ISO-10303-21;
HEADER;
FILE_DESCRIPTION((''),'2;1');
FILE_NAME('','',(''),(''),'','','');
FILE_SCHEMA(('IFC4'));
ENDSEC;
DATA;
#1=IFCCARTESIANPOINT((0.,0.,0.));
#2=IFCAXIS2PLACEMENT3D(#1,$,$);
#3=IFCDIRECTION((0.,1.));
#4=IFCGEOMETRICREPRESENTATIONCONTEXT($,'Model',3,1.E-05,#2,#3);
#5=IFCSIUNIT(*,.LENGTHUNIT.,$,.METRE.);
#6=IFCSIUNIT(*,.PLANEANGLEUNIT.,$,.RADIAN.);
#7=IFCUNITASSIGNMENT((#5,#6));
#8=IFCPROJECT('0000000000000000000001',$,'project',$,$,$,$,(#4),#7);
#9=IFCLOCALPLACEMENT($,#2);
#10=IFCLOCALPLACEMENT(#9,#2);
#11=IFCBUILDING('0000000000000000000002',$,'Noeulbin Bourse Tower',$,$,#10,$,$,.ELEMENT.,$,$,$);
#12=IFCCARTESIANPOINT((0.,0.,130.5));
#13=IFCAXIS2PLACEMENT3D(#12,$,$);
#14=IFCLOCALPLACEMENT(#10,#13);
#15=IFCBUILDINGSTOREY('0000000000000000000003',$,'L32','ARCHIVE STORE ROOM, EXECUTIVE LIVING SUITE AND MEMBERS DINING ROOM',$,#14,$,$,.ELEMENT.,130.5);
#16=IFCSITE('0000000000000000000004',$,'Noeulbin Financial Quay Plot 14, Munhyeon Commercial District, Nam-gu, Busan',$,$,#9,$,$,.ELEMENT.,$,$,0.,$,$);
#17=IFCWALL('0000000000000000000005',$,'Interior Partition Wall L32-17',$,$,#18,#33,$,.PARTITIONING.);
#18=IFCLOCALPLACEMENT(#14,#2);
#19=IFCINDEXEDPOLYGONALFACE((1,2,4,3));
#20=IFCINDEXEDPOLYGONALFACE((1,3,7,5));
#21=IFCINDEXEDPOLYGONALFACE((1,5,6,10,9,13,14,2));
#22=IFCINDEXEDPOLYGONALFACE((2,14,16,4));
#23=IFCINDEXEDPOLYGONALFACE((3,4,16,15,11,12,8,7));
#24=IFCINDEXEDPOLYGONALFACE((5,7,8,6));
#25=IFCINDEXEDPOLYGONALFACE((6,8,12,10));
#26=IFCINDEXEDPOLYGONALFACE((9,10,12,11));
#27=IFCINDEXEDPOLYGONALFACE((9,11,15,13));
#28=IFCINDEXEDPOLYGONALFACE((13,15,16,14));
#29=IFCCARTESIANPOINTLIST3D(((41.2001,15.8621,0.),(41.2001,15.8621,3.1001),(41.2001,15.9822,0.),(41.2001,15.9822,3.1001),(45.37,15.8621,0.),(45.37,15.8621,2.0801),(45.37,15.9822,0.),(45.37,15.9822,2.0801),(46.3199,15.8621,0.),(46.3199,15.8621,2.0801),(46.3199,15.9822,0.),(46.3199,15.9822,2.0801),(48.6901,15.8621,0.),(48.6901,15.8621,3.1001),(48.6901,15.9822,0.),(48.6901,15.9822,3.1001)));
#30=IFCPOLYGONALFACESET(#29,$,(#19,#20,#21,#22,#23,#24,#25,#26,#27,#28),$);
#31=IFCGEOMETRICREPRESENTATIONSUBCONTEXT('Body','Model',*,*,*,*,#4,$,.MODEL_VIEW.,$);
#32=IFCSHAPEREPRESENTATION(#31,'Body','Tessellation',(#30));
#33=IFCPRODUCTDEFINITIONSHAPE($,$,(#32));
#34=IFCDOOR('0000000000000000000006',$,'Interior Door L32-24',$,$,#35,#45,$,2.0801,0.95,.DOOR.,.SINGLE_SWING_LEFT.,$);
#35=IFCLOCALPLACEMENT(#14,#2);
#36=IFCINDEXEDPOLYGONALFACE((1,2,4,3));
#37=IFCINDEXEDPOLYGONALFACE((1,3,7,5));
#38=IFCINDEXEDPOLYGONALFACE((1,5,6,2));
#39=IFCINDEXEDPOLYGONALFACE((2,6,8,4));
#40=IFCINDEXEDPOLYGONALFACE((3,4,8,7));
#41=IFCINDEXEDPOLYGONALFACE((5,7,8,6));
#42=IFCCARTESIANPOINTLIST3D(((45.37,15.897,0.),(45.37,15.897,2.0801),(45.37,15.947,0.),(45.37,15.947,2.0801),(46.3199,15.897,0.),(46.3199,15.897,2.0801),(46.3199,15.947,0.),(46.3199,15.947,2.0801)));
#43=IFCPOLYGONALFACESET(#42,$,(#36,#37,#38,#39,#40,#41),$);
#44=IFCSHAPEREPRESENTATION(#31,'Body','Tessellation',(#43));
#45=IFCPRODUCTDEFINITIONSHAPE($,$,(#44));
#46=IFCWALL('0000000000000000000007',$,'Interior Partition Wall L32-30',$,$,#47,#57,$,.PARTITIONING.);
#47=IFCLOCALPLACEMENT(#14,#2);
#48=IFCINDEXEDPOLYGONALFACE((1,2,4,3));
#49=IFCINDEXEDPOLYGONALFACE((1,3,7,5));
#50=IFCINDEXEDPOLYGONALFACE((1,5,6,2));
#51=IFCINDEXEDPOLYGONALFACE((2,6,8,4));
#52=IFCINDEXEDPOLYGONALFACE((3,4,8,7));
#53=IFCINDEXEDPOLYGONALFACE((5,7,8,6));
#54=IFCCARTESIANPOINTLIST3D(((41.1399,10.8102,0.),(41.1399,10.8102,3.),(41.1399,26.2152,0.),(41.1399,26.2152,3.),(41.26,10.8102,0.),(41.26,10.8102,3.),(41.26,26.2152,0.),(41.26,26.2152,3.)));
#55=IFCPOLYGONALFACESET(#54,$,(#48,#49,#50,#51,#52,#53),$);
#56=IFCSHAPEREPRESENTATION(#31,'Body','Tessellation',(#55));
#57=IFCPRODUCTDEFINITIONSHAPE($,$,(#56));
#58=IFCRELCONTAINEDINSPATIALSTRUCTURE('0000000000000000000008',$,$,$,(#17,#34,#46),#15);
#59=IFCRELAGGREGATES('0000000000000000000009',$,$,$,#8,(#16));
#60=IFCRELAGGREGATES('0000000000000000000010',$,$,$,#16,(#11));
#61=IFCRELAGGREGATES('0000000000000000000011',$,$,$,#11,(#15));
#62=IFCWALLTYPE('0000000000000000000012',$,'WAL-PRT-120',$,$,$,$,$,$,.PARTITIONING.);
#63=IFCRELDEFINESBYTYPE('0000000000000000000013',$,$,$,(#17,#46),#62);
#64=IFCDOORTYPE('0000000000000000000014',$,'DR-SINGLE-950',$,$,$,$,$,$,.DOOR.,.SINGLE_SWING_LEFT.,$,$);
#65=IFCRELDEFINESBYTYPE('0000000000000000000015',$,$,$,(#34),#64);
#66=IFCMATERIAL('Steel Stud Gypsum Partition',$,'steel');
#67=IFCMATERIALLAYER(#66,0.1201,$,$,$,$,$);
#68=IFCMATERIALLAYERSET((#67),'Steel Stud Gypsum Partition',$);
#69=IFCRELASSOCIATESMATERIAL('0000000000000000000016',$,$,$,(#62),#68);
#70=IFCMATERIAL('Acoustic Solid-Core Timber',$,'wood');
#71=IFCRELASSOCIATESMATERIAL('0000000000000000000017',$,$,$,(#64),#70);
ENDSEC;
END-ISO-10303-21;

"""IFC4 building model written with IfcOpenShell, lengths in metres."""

from ifc_helpers import new_model, si_unit, direction, frame, frame_2d, origin, place, context, subcontext, project, spatial, rectangle, extrude, material, layer, layer_set, type_object, element, fill, save


model = new_model("IFC4")

# Units and contexts
model_context = context("Model", 3, precision=1e-05, world=origin(), true_north=direction((0.0, 1.0)))
body_context = subcontext(model_context, "Body", "Model", "MODEL_VIEW")
ifc_project = project(units=[si_unit("LENGTHUNIT", "METRE"), si_unit("PLANEANGLEUNIT", "RADIAN")], contexts=[model_context])

# Site, building, storey
site_placement = place(None, origin())
site = spatial("IfcSite", under=ifc_project, at=site_placement, Name="Noeulbin Financial Quay Plot 14, Munhyeon Commercial District, Nam-gu, Busan", CompositionType="ELEMENT", RefElevation=0.0)
building_placement = place(site_placement, origin())
building = spatial("IfcBuilding", under=site, at=building_placement, Name="Noeulbin Bourse Tower", CompositionType="ELEMENT")
storey_placement = place(building_placement, frame((0.0, 0.0, 130.5)))
storey = spatial("IfcBuildingStorey", under=building, at=storey_placement, Name="L32", Description="ARCHIVE STORE ROOM, EXECUTIVE LIVING SUITE AND MEMBERS DINING ROOM", CompositionType="ELEMENT", Elevation=130.5)

# Wall, opening, door
ifc_material_1 = material(Name="Steel Stud Gypsum Partition", Category="steel")
ifc_layer_1 = layer(ifc_material_1, 0.1201)
ifc_layer_set_1 = layer_set([ifc_layer_1], Name="Steel Stud Gypsum Partition")
wall_type = type_object("IfcWallType", Name="WAL-PRT-120", PredefinedType="PARTITIONING", material=ifc_layer_set_1)
wall_1_placement = place(storey_placement, frame((41.2, 15.9221, 0.0), z_axis=(0.0, 0.0, 1.0), x_axis=(1.0, 0.0, 0.0)))
wall_1 = element("IfcWall", 1, at=wall_1_placement, inside=storey, type_object=wall_type, Name="Interior Partition Wall L32-17", PredefinedType="PARTITIONING", context=body_context, shape_type="SweptSolid", body=[
    extrude(rectangle(XDim=7.49, YDim=0.1201, at=frame_2d((3.7451, 0.0))), origin(), (0.0, 0.0, 1.0), 3.1001),
])
opening_placement = place(wall_1_placement, frame((4.1699, 0.0, 0.0)))
opening = element("IfcOpeningElement", 2, at=opening_placement, cuts=wall_1, PredefinedType="OPENING", context=body_context, shape_type="SweptSolid", body=[
    extrude(rectangle(XDim=0.95, YDim=2.0801, at=frame_2d((0.4751, 1.04))), frame((0.0, 0.0701, 0.0), z_axis=(0.0, -1.0, 0.0), x_axis=(1.0, 0.0, 0.0)), (0.0, 0.0, 1.0), 0.1401),
])
ifc_material_2 = material(Name="Acoustic Solid-Core Timber", Category="wood")
door_type = type_object("IfcDoorType", Name="DR-SINGLE-950", OperationType="SINGLE_SWING_LEFT", PredefinedType="DOOR", material=ifc_material_2)
door_placement = place(opening_placement, origin())
door = element("IfcDoor", 3, at=door_placement, inside=storey, type_object=door_type, Name="Interior Door L32-24", OperationType="SINGLE_SWING_LEFT", OverallHeight=2.0801, OverallWidth=0.95, PredefinedType="DOOR", context=body_context, shape_type="SweptSolid", body=[
    extrude(rectangle(XDim=0.95, YDim=2.0801, at=frame_2d((0.4751, 1.04))), frame((0.0, 0.0249, 0.0), z_axis=(0.0, -1.0, 0.0), x_axis=(1.0, 0.0, 0.0)), (0.0, 0.0, 1.0), 0.05),
])
fill(opening, door)

# Wall
wall_2_placement = place(storey_placement, frame((41.2, 10.8101, 0.0), z_axis=(0.0, 0.0, 1.0), x_axis=(0.0, 1.0, 0.0)))
element("IfcWall", 4, at=wall_2_placement, inside=storey, type_object=wall_type, Name="Interior Partition Wall L32-30", PredefinedType="PARTITIONING", context=body_context, shape_type="SweptSolid", body=[
    extrude(rectangle(XDim=15.405, YDim=0.1201, at=frame_2d((7.7026, 0.0))), origin(), (0.0, 0.0, 1.0), 3.0),
])

save(model, "model.ifc")
